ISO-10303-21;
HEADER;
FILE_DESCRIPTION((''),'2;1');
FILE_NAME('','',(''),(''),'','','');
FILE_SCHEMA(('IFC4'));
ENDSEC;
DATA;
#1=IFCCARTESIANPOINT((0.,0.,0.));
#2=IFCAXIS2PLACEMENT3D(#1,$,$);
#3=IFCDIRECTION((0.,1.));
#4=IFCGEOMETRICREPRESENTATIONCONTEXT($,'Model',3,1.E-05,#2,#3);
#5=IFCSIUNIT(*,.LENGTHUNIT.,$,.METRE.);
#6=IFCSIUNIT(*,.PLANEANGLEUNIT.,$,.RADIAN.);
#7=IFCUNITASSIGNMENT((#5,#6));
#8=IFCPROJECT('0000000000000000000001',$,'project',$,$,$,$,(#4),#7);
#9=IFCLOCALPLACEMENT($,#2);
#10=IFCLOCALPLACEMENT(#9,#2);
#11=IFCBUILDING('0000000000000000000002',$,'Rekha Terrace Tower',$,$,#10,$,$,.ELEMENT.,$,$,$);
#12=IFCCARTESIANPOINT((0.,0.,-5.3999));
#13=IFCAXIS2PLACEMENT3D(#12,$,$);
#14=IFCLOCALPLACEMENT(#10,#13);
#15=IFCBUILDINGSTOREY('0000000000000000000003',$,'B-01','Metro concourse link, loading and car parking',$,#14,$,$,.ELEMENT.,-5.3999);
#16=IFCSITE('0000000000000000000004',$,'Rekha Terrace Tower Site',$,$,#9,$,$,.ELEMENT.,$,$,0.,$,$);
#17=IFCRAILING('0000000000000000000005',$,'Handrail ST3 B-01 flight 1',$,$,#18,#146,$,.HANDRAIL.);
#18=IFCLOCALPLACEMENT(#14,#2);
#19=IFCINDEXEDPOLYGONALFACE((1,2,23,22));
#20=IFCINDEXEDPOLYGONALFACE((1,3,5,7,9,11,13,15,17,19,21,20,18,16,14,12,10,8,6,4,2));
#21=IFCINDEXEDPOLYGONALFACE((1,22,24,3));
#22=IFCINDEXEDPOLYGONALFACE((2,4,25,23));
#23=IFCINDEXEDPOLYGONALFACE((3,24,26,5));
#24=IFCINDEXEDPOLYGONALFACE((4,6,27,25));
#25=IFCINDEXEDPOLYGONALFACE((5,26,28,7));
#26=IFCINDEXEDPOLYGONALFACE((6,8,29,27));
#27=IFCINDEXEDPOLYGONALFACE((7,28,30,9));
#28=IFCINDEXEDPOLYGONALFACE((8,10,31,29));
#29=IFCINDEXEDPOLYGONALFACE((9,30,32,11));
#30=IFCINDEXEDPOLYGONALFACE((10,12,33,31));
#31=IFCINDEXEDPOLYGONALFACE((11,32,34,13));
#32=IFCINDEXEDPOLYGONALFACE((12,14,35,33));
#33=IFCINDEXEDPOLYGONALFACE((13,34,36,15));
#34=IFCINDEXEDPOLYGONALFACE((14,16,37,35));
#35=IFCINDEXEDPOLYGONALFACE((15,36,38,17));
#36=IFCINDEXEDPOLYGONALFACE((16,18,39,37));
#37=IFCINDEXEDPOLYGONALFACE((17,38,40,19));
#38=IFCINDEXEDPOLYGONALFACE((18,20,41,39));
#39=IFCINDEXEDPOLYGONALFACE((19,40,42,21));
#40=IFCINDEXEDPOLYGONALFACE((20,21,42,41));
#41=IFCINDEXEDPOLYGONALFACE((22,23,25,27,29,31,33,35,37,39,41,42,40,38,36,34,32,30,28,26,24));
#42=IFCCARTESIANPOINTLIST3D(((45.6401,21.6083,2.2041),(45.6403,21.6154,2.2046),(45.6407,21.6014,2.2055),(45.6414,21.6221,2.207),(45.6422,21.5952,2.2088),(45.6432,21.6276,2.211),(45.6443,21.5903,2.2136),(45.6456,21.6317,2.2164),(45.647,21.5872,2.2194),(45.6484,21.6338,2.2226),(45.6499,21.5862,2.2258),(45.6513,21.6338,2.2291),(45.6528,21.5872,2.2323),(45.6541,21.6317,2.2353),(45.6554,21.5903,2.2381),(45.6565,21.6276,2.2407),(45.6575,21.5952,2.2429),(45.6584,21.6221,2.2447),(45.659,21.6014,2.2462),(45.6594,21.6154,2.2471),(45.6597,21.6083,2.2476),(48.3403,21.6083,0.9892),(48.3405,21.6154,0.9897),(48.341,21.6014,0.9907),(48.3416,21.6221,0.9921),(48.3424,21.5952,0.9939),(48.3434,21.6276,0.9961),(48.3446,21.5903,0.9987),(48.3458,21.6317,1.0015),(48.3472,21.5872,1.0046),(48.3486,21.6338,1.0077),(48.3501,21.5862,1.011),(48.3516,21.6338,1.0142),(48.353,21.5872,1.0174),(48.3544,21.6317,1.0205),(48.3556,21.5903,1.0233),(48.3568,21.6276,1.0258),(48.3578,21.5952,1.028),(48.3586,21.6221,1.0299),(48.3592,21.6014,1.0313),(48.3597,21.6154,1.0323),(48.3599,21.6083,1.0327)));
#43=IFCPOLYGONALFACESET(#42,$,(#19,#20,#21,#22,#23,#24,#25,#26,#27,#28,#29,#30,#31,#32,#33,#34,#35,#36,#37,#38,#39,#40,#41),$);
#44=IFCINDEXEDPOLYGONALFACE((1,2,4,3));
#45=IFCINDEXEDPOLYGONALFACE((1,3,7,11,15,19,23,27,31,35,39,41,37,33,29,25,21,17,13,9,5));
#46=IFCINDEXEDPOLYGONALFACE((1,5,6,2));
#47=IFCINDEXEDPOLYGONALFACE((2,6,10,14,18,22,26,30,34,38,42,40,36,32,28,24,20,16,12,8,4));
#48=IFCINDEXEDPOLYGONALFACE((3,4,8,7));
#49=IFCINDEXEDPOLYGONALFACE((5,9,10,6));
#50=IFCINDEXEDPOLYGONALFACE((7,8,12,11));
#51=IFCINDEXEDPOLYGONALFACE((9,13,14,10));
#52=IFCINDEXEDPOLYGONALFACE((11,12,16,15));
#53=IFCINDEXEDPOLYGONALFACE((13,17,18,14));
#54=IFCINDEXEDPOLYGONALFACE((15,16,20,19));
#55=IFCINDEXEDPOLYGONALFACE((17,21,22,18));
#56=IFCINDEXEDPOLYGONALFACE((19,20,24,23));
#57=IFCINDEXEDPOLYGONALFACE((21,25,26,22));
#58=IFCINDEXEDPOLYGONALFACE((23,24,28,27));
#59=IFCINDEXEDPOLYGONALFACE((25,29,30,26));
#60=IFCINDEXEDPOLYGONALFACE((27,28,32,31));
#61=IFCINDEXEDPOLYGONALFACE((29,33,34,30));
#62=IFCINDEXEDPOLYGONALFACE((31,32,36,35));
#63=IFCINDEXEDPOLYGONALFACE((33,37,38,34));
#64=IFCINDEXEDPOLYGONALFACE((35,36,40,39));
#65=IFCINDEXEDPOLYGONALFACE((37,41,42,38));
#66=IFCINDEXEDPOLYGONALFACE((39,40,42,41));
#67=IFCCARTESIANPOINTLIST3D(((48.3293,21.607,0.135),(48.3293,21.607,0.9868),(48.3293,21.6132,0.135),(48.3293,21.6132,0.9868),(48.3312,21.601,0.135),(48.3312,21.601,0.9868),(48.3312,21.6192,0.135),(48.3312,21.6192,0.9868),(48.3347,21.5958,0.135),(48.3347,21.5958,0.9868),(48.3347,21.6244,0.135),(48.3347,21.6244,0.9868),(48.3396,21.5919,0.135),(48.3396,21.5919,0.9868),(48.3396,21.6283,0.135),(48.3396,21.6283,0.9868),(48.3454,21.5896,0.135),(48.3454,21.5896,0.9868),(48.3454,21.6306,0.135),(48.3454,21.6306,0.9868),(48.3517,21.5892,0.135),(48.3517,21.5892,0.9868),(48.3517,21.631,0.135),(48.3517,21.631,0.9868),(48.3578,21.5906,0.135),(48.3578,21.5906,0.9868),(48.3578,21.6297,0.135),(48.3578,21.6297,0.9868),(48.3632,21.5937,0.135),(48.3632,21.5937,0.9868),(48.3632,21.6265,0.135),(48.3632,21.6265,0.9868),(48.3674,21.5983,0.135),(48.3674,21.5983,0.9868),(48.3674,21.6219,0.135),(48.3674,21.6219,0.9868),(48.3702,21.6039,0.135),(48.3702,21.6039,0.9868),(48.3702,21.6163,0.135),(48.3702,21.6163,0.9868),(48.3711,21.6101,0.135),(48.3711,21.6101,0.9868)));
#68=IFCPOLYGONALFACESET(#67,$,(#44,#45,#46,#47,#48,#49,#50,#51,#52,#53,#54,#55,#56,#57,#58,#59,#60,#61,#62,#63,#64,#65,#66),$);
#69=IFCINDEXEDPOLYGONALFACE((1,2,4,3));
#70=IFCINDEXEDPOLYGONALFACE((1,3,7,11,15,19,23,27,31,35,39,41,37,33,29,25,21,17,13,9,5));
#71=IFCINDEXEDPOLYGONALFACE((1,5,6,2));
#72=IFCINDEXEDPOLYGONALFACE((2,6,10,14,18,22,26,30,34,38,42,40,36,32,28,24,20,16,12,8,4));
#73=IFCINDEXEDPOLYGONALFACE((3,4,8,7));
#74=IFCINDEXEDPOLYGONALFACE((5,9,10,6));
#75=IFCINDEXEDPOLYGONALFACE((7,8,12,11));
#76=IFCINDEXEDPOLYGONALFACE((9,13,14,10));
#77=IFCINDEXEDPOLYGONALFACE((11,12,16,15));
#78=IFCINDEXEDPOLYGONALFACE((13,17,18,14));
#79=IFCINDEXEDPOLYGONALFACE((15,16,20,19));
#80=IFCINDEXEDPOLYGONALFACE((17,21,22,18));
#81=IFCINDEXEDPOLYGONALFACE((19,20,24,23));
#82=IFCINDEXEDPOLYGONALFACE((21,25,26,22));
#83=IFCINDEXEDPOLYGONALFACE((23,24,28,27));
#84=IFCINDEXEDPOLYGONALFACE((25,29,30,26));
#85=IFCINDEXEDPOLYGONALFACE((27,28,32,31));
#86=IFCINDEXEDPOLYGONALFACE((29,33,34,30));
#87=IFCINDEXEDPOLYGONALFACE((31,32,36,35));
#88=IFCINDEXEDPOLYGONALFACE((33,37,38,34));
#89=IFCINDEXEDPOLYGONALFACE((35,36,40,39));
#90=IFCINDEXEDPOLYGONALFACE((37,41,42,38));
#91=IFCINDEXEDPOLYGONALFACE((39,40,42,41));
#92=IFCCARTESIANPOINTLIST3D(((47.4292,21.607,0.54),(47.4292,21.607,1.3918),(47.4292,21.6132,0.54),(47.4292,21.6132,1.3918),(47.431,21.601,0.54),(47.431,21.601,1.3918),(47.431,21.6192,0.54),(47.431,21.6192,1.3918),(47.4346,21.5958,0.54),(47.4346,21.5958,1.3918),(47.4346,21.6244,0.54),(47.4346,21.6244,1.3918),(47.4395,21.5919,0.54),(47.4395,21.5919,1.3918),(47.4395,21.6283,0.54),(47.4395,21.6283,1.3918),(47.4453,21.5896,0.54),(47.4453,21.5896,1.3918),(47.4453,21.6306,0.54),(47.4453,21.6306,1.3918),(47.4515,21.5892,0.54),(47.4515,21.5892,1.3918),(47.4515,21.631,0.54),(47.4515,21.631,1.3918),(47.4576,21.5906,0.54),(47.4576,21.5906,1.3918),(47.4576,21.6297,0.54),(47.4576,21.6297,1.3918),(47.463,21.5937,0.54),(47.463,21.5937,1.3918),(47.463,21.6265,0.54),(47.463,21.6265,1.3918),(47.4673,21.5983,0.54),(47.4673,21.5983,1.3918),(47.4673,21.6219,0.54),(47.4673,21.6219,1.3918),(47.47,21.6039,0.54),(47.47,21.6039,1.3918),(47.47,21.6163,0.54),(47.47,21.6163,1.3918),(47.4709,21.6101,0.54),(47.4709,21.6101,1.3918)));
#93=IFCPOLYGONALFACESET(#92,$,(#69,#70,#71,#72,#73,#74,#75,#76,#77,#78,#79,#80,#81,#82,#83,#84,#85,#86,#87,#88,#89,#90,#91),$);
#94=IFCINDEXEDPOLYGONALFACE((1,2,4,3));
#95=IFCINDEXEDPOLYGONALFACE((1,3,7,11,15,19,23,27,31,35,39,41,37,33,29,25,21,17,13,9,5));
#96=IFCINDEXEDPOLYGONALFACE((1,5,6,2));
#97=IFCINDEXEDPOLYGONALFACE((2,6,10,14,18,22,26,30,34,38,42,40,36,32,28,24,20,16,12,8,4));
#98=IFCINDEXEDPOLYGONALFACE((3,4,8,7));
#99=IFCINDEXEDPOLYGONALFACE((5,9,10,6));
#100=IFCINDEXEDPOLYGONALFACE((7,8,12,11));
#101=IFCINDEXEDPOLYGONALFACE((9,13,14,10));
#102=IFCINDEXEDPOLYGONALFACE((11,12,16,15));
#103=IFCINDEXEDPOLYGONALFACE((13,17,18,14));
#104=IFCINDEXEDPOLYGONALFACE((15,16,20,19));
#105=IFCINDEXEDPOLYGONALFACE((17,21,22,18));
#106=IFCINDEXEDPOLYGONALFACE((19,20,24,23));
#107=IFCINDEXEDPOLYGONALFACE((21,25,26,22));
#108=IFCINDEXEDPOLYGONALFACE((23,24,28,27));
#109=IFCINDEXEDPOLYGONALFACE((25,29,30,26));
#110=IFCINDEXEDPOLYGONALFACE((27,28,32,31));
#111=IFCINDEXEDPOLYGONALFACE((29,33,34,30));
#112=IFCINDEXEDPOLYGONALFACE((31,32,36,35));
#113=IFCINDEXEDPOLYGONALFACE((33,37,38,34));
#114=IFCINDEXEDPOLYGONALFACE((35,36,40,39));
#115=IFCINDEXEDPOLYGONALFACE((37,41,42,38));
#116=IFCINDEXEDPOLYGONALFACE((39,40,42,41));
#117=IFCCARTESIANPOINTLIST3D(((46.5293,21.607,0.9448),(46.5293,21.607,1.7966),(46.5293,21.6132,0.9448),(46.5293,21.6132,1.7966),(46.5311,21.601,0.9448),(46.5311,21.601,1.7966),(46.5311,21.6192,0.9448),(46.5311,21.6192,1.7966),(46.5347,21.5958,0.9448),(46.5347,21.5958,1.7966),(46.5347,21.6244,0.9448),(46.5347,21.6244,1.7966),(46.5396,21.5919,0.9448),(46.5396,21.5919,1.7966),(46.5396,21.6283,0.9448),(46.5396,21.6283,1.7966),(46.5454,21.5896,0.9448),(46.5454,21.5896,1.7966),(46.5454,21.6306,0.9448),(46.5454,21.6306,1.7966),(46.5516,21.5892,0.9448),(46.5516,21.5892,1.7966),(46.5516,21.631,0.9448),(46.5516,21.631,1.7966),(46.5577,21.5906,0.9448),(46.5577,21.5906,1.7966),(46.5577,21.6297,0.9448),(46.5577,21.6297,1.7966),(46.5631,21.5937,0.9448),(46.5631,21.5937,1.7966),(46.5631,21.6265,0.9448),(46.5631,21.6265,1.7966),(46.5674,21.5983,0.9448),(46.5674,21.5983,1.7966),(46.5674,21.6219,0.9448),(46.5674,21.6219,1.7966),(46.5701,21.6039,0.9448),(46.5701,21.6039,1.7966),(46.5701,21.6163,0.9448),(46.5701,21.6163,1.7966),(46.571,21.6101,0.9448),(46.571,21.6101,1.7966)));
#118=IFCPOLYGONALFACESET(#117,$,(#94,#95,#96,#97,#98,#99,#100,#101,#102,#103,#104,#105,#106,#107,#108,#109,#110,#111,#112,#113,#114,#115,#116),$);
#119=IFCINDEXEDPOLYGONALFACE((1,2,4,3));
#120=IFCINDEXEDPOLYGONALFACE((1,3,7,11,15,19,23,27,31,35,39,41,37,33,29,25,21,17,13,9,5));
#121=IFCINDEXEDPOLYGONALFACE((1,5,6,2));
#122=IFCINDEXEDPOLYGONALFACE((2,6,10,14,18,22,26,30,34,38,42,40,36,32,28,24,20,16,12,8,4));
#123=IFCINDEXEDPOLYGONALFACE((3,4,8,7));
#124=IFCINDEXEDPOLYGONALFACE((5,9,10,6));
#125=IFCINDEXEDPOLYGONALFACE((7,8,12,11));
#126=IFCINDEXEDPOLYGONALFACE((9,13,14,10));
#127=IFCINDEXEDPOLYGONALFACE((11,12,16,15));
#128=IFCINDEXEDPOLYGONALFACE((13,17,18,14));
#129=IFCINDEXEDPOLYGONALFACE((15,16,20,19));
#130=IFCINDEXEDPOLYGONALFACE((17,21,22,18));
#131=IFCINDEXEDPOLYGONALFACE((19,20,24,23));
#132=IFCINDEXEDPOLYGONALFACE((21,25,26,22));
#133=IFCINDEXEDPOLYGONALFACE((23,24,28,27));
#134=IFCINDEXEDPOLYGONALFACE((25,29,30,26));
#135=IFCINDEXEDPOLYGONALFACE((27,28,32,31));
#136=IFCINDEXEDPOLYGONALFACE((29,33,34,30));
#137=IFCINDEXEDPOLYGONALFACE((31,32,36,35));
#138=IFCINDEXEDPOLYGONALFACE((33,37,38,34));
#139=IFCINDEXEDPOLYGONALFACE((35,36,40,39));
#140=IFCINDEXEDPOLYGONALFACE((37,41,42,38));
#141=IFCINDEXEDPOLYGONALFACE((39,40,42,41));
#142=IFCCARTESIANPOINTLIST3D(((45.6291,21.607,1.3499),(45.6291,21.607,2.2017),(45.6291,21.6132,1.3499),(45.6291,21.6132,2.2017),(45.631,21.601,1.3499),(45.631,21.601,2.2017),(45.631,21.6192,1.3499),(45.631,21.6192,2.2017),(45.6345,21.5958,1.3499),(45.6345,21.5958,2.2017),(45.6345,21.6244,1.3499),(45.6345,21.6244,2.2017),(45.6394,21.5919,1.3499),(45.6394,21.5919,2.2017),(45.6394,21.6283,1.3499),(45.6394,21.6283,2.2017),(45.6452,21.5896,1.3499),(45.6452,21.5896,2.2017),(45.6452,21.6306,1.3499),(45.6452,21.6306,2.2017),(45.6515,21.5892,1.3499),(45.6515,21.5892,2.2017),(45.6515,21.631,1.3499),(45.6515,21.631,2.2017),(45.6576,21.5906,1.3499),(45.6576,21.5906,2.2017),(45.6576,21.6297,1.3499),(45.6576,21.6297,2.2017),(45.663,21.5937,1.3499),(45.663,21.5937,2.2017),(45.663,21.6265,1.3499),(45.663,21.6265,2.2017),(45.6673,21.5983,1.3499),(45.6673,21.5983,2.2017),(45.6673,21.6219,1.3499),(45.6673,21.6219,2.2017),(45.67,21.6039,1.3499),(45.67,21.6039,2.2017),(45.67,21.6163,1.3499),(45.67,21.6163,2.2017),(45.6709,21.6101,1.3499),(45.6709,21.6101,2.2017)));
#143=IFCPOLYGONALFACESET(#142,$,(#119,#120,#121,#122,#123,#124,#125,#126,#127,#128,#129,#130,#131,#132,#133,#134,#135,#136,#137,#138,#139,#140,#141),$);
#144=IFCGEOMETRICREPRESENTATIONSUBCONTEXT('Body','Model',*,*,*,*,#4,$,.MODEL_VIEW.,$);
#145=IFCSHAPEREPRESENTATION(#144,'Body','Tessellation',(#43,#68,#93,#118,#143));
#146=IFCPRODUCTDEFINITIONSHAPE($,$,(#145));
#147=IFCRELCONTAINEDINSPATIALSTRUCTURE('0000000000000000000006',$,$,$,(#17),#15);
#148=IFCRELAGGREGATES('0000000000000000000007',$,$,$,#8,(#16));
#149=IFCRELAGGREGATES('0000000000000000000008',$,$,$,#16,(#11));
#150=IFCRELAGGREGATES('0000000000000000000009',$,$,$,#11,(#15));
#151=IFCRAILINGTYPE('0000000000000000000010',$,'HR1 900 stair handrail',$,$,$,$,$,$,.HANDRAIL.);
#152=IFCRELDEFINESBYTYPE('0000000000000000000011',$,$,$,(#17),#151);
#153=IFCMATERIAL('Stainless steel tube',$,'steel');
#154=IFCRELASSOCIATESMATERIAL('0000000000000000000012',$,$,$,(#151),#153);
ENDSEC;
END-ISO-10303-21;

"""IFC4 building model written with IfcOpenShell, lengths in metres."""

from ifc_helpers import new_model, si_unit, direction, frame, origin, origin_2d, place, context, subcontext, project, spatial, circle, extrude, material, type_object, element, save


model = new_model("IFC4")

# Units and contexts
model_context = context("Model", 3, precision=1e-05, world=origin(), true_north=direction((0.0, 1.0)))
body_context = subcontext(model_context, "Body", "Model", "MODEL_VIEW")
ifc_project = project(units=[si_unit("LENGTHUNIT", "METRE"), si_unit("PLANEANGLEUNIT", "RADIAN")], contexts=[model_context])

# Site, building, storey
site_placement = place(None, origin())
site = spatial("IfcSite", under=ifc_project, at=site_placement, Name="Rekha Terrace Tower Site", CompositionType="ELEMENT", RefElevation=0.0)
building_placement = place(site_placement, origin())
building = spatial("IfcBuilding", under=site, at=building_placement, Name="Rekha Terrace Tower", CompositionType="ELEMENT")
storey_placement = place(building_placement, frame((0.0, 0.0, -5.3999)))
storey = spatial("IfcBuildingStorey", under=building, at=storey_placement, Name="B-01", Description="Metro concourse link, loading and car parking", CompositionType="ELEMENT", Elevation=-5.3999)

# Railing
ifc_material_1 = material(Name="Stainless steel tube", Category="steel")
railing_type_1 = type_object("IfcRailingType", Name="HR1 900 stair handrail", PredefinedType="HANDRAIL", material=ifc_material_1)
railing_1_placement = place(storey_placement, frame((48.3501, 21.6101, 0.135)))
element("IfcRailing", 1, at=railing_1_placement, inside=storey, type_object=railing_type_1, Name="Handrail ST3 B-01 flight 1", PredefinedType="HANDRAIL", context=body_context, shape_type="SweptSolid", body=[
    extrude(circle(Radius=0.0239, at=origin_2d()), frame((0.0, 0.0, 0.876), z_axis=(-0.911952, 0.0, 0.410296), x_axis=(0.0, -1.0, 0.0)), (0.0, 0.0, 1.0), 2.9609),
    extrude(circle(Radius=0.021, at=origin_2d()), origin(), (0.0, 0.0, 1.0), 0.8518),
    extrude(circle(Radius=0.021, at=origin_2d()), frame((-0.9001, 0.0, 0.405)), (0.0, 0.0, 1.0), 0.8518),
    extrude(circle(Radius=0.021, at=origin_2d()), frame((-1.8, 0.0, 0.8098)), (0.0, 0.0, 1.0), 0.8518),
    extrude(circle(Radius=0.021, at=origin_2d()), frame((-2.7002, 0.0, 1.2148)), (0.0, 0.0, 1.0), 0.8518),
])

save(model, "model.ifc")
